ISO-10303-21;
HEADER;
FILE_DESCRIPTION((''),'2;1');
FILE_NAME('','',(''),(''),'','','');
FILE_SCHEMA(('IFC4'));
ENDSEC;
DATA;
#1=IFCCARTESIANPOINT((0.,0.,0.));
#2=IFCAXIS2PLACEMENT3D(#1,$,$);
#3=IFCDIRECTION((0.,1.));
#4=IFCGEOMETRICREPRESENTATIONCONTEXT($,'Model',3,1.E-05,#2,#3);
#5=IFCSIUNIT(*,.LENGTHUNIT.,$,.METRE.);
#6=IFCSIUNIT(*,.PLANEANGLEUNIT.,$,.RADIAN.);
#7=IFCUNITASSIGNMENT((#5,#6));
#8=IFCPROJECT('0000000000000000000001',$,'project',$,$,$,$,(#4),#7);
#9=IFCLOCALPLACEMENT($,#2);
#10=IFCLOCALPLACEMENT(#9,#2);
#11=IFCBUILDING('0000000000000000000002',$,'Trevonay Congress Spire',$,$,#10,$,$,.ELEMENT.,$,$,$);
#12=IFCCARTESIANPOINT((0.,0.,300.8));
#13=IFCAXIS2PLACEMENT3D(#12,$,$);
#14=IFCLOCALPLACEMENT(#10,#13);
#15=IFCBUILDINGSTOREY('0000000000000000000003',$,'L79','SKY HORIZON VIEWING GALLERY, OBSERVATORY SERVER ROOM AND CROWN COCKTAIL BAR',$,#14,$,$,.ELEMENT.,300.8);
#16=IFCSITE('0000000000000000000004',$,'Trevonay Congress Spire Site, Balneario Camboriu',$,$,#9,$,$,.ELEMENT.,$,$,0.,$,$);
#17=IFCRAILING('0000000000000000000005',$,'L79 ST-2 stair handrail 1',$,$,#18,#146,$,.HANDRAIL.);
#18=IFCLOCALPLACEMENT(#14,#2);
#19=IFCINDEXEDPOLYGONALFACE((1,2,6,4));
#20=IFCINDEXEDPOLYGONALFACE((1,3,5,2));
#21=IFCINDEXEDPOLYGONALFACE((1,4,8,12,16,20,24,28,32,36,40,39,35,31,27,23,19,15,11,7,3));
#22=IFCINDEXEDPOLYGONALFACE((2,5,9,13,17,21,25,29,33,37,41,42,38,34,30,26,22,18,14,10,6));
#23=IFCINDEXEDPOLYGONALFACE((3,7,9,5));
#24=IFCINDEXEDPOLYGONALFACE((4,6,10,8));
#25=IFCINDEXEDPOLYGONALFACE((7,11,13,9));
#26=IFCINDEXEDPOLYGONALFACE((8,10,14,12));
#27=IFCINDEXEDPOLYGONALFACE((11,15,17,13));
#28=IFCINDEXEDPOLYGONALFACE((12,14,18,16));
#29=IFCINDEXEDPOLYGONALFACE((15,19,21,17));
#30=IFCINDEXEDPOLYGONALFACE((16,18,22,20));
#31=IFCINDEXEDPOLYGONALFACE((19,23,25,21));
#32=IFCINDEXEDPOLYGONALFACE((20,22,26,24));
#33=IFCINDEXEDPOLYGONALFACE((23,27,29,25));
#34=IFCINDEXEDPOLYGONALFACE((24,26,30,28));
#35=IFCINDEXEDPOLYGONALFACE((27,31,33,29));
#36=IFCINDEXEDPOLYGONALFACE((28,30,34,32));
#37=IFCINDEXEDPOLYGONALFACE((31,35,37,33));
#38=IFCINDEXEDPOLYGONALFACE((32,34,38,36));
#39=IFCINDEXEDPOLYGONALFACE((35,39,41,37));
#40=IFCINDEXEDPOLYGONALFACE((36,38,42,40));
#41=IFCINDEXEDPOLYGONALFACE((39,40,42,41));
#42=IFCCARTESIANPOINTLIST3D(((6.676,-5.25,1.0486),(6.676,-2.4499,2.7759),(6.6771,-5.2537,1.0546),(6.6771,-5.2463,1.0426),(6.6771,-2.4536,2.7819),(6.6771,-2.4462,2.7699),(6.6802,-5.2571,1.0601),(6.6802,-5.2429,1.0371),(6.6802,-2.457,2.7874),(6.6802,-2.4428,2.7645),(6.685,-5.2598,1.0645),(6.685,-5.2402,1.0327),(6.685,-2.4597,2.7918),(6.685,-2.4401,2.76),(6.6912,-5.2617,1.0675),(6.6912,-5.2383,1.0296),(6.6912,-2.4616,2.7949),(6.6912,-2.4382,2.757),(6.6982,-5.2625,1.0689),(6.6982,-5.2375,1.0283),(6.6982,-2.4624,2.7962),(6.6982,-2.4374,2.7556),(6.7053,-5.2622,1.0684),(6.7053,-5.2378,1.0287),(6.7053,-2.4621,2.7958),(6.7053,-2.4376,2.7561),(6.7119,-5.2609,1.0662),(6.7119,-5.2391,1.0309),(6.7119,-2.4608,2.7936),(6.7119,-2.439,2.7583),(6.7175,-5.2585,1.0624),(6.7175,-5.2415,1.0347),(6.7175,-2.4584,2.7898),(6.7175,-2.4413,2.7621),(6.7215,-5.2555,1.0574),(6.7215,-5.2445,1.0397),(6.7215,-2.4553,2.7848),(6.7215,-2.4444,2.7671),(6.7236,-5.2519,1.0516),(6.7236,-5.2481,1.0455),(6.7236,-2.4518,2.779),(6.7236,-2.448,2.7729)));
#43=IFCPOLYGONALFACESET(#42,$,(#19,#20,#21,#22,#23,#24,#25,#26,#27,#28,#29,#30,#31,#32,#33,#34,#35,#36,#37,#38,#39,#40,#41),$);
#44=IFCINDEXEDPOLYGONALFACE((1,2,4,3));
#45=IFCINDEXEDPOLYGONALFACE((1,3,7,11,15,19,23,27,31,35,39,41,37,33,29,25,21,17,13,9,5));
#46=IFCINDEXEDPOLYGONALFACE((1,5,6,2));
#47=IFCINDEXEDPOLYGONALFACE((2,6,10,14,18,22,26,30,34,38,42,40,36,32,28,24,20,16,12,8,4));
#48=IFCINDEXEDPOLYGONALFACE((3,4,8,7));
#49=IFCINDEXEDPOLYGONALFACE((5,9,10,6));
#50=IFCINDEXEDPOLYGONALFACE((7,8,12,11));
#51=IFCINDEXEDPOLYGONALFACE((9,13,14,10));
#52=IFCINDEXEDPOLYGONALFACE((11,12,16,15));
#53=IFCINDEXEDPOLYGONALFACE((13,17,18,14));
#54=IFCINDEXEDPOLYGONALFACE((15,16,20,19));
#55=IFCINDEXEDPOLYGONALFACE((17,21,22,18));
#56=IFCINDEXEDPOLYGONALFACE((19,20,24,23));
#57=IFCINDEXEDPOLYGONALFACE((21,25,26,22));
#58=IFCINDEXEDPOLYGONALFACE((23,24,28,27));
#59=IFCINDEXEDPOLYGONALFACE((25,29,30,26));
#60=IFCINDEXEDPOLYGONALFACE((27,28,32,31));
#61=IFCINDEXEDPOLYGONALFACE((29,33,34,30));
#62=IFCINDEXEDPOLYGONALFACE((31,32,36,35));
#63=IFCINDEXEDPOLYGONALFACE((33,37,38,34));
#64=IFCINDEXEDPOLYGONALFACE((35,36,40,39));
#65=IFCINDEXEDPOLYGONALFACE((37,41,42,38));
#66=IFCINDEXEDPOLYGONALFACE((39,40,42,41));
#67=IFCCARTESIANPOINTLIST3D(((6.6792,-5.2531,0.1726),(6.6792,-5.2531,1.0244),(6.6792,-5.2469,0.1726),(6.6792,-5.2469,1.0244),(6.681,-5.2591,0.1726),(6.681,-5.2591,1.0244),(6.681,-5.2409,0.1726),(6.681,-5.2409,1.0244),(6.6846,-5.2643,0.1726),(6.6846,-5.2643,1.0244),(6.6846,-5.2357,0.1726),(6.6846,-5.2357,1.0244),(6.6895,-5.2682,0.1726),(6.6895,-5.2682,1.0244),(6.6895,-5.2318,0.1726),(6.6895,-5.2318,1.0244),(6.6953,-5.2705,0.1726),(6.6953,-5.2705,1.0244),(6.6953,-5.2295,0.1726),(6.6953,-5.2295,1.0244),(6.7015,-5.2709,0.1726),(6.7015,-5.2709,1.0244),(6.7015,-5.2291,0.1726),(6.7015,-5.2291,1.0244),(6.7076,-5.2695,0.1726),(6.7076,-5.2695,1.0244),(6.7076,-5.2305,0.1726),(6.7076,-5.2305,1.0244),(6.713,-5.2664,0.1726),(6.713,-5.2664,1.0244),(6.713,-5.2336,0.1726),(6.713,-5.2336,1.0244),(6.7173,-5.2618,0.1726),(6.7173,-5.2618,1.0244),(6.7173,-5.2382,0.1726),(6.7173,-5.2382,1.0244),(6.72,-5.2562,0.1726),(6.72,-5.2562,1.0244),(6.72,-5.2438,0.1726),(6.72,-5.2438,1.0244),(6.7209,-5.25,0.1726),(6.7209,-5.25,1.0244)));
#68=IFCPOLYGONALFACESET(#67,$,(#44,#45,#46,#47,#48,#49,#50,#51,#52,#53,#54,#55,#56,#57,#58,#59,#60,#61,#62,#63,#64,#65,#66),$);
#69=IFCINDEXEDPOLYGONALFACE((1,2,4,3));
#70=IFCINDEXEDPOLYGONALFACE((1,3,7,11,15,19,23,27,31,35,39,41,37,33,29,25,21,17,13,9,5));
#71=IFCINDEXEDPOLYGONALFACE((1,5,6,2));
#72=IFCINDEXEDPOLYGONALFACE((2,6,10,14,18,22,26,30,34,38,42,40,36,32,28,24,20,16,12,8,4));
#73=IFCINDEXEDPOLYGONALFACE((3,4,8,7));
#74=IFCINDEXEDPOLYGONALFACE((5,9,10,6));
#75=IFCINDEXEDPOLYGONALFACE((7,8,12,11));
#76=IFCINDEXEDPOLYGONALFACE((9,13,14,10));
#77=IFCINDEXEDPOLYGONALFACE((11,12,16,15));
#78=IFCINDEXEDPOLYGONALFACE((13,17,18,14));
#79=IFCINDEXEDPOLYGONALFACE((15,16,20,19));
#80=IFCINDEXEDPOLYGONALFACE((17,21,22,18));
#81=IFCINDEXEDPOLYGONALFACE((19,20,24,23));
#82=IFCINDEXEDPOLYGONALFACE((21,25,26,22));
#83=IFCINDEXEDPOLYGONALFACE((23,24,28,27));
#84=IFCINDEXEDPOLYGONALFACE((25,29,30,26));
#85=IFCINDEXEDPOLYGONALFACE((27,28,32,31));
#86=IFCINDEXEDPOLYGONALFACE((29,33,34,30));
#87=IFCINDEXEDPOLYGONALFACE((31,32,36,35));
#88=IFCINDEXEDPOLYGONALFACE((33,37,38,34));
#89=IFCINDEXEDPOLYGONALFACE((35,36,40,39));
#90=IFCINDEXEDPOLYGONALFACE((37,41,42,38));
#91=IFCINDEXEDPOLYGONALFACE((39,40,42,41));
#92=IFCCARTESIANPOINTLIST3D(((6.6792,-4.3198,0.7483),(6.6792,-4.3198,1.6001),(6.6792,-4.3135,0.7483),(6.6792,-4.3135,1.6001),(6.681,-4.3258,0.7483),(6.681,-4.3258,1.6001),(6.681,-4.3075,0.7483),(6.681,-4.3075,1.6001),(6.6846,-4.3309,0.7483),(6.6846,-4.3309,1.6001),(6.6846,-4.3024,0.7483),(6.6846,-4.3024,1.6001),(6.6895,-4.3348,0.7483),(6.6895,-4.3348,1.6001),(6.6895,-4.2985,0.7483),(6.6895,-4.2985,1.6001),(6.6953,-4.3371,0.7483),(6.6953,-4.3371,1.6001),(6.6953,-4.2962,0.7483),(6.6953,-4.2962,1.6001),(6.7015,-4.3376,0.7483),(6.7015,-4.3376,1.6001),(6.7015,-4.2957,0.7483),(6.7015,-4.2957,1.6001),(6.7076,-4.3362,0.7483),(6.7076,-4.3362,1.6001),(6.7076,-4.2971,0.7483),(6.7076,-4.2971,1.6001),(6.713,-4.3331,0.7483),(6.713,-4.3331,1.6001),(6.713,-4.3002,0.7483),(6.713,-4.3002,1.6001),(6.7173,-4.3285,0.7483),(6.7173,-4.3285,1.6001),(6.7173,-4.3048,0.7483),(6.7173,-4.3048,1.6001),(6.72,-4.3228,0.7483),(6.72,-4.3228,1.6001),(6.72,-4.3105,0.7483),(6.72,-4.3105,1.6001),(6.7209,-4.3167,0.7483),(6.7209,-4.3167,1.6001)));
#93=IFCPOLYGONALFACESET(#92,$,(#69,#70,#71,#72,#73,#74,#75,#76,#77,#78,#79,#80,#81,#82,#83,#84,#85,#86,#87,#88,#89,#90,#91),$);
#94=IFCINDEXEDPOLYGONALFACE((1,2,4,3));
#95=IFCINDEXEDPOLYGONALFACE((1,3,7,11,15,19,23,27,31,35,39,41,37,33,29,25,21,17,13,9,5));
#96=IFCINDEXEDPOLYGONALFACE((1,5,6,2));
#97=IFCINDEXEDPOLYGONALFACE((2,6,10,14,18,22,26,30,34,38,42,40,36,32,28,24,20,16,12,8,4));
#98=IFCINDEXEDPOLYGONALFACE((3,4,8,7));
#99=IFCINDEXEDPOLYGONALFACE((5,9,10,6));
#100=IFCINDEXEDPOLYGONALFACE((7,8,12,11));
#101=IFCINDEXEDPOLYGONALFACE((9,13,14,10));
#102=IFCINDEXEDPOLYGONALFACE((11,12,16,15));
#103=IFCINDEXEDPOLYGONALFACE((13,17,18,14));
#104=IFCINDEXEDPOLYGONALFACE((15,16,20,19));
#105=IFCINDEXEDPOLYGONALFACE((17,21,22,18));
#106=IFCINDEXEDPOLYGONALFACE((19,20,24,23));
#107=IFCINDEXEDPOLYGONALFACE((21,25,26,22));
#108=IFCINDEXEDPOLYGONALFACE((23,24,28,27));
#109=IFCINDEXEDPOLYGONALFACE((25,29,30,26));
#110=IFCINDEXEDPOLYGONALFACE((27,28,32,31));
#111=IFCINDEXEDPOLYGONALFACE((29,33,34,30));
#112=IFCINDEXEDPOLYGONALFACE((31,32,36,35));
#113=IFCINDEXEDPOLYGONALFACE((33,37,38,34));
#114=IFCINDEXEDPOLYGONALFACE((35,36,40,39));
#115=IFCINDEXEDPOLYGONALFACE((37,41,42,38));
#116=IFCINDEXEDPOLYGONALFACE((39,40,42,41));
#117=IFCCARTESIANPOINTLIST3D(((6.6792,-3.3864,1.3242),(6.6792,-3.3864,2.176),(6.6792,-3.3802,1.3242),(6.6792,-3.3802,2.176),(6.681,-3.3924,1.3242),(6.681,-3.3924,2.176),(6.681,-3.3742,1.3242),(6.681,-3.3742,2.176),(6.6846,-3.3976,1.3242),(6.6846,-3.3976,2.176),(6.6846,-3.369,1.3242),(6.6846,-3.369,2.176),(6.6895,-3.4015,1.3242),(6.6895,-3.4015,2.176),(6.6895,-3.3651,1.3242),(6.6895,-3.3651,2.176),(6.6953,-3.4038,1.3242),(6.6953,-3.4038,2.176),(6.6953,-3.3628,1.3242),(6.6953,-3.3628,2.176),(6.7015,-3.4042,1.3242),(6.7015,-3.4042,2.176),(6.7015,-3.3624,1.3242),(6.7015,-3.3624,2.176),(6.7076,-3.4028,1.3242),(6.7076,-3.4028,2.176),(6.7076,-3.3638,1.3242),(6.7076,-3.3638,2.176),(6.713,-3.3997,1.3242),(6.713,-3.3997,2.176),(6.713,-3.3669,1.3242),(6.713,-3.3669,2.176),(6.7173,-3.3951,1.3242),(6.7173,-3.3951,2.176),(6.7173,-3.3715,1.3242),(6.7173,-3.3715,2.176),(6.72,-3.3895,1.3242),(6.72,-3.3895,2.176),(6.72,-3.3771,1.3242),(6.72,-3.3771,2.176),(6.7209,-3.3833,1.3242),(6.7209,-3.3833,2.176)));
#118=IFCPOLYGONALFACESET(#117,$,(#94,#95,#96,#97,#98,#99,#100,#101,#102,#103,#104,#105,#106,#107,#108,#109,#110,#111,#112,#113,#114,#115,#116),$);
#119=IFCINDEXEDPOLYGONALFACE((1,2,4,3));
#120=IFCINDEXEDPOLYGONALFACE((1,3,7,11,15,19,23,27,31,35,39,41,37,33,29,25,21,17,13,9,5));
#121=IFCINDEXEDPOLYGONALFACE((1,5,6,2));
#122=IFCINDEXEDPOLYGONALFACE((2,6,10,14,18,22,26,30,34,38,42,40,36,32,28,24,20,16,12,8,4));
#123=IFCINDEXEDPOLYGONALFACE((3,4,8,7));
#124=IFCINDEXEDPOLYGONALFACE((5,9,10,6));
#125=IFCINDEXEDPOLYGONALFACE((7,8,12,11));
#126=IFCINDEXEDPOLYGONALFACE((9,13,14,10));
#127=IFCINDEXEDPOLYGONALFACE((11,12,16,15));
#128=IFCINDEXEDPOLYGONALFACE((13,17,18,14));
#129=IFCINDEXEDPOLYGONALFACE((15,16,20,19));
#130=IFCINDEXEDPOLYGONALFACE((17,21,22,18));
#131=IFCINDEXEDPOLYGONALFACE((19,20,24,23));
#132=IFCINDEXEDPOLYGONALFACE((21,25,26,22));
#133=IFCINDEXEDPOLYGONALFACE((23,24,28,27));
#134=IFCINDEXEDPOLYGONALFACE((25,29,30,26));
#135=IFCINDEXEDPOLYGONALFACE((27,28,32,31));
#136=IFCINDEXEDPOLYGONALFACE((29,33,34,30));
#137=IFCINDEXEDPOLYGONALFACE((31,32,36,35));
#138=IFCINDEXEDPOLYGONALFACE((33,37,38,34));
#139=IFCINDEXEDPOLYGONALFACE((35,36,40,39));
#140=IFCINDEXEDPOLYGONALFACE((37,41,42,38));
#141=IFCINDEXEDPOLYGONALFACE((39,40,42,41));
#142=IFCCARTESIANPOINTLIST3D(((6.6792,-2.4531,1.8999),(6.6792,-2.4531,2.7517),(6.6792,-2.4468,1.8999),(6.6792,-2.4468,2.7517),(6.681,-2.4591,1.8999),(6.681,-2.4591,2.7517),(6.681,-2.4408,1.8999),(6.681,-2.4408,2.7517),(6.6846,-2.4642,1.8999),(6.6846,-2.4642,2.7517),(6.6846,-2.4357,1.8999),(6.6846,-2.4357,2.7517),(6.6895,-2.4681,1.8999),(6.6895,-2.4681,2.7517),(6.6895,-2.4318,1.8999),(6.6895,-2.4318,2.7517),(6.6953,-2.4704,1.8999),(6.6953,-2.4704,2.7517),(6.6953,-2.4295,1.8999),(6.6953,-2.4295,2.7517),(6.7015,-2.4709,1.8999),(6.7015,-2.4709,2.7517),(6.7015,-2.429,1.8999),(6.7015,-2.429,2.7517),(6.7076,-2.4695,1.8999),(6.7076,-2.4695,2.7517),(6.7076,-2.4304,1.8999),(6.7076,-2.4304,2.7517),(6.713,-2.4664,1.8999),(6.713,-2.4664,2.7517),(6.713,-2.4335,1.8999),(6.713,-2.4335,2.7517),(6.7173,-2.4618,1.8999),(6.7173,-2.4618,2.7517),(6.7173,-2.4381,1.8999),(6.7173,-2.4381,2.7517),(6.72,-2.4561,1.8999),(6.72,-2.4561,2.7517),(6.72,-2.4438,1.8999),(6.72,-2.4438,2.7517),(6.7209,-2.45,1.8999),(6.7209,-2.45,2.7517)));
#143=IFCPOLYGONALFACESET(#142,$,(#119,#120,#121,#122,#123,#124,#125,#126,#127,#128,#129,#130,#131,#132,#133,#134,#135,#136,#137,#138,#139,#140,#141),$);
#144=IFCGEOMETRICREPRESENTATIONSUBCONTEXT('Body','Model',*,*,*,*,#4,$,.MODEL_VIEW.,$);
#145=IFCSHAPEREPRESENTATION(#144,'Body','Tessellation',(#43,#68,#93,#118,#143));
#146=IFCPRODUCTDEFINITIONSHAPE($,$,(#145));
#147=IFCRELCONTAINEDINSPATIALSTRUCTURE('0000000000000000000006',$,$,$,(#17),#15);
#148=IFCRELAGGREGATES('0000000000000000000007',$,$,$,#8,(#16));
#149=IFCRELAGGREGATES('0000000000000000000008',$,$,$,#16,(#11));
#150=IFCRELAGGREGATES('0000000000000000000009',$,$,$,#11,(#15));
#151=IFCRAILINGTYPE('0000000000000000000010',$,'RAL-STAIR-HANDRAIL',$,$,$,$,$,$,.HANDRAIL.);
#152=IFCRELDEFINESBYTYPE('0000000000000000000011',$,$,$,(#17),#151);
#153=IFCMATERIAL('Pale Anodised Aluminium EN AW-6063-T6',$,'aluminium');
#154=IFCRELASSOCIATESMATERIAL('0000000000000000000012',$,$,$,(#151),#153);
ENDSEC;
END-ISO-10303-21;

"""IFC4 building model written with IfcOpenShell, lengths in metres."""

from ifc_helpers import new_model, si_unit, direction, frame, origin, origin_2d, place, context, subcontext, project, spatial, circle, extrude, material, type_object, element, save


model = new_model("IFC4")

# Units and contexts
model_context = context("Model", 3, precision=1e-05, world=origin(), true_north=direction((0.0, 1.0)))
body_context = subcontext(model_context, "Body", "Model", "MODEL_VIEW")
ifc_project = project(units=[si_unit("LENGTHUNIT", "METRE"), si_unit("PLANEANGLEUNIT", "RADIAN")], contexts=[model_context])

# Site, building, storey
site_placement = place(None, origin())
site = spatial("IfcSite", under=ifc_project, at=site_placement, Name="Trevonay Congress Spire Site, Balneario Camboriu", CompositionType="ELEMENT", RefElevation=0.0)
building_placement = place(site_placement, origin())
building = spatial("IfcBuilding", under=site, at=building_placement, Name="Trevonay Congress Spire", CompositionType="ELEMENT")
storey_placement = place(building_placement, frame((0.0, 0.0, 300.8)))
storey = spatial("IfcBuildingStorey", under=building, at=storey_placement, Name="L79", Description="SKY HORIZON VIEWING GALLERY, OBSERVATORY SERVER ROOM AND CROWN COCKTAIL BAR", CompositionType="ELEMENT", Elevation=300.8)

# Railing
ifc_material_1 = material(Name="Pale Anodised Aluminium EN AW-6063-T6", Category="aluminium")
railing_type_1 = type_object("IfcRailingType", Name="RAL-STAIR-HANDRAIL", PredefinedType="HANDRAIL", material=ifc_material_1)
railing_1_placement = place(storey_placement, frame((6.7, -5.25, 0.1726)))
element("IfcRailing", 1, at=railing_1_placement, inside=storey, type_object=railing_type_1, Name="L79 ST-2 stair handrail 1", PredefinedType="HANDRAIL", context=body_context, shape_type="SweptSolid", body=[
    extrude(circle(Radius=0.0239, at=origin_2d()), frame((0.0, 0.0, 0.876), z_axis=(0.0, 0.85109, 0.52502), x_axis=(-1.0, 0.0, 0.0)), (0.0, 0.0, 1.0), 3.29),
    extrude(circle(Radius=0.021, at=origin_2d()), origin(), (0.0, 0.0, 1.0), 0.8518),
    extrude(circle(Radius=0.021, at=origin_2d()), frame((0.0, 0.9333, 0.5757)), (0.0, 0.0, 1.0), 0.8518),
    extrude(circle(Radius=0.021, at=origin_2d()), frame((0.0, 1.8667, 1.1516)), (0.0, 0.0, 1.0), 0.8518),
    extrude(circle(Radius=0.021, at=origin_2d()), frame((0.0, 2.8, 1.7273)), (0.0, 0.0, 1.0), 0.8518),
])

save(model, "model.ifc")
